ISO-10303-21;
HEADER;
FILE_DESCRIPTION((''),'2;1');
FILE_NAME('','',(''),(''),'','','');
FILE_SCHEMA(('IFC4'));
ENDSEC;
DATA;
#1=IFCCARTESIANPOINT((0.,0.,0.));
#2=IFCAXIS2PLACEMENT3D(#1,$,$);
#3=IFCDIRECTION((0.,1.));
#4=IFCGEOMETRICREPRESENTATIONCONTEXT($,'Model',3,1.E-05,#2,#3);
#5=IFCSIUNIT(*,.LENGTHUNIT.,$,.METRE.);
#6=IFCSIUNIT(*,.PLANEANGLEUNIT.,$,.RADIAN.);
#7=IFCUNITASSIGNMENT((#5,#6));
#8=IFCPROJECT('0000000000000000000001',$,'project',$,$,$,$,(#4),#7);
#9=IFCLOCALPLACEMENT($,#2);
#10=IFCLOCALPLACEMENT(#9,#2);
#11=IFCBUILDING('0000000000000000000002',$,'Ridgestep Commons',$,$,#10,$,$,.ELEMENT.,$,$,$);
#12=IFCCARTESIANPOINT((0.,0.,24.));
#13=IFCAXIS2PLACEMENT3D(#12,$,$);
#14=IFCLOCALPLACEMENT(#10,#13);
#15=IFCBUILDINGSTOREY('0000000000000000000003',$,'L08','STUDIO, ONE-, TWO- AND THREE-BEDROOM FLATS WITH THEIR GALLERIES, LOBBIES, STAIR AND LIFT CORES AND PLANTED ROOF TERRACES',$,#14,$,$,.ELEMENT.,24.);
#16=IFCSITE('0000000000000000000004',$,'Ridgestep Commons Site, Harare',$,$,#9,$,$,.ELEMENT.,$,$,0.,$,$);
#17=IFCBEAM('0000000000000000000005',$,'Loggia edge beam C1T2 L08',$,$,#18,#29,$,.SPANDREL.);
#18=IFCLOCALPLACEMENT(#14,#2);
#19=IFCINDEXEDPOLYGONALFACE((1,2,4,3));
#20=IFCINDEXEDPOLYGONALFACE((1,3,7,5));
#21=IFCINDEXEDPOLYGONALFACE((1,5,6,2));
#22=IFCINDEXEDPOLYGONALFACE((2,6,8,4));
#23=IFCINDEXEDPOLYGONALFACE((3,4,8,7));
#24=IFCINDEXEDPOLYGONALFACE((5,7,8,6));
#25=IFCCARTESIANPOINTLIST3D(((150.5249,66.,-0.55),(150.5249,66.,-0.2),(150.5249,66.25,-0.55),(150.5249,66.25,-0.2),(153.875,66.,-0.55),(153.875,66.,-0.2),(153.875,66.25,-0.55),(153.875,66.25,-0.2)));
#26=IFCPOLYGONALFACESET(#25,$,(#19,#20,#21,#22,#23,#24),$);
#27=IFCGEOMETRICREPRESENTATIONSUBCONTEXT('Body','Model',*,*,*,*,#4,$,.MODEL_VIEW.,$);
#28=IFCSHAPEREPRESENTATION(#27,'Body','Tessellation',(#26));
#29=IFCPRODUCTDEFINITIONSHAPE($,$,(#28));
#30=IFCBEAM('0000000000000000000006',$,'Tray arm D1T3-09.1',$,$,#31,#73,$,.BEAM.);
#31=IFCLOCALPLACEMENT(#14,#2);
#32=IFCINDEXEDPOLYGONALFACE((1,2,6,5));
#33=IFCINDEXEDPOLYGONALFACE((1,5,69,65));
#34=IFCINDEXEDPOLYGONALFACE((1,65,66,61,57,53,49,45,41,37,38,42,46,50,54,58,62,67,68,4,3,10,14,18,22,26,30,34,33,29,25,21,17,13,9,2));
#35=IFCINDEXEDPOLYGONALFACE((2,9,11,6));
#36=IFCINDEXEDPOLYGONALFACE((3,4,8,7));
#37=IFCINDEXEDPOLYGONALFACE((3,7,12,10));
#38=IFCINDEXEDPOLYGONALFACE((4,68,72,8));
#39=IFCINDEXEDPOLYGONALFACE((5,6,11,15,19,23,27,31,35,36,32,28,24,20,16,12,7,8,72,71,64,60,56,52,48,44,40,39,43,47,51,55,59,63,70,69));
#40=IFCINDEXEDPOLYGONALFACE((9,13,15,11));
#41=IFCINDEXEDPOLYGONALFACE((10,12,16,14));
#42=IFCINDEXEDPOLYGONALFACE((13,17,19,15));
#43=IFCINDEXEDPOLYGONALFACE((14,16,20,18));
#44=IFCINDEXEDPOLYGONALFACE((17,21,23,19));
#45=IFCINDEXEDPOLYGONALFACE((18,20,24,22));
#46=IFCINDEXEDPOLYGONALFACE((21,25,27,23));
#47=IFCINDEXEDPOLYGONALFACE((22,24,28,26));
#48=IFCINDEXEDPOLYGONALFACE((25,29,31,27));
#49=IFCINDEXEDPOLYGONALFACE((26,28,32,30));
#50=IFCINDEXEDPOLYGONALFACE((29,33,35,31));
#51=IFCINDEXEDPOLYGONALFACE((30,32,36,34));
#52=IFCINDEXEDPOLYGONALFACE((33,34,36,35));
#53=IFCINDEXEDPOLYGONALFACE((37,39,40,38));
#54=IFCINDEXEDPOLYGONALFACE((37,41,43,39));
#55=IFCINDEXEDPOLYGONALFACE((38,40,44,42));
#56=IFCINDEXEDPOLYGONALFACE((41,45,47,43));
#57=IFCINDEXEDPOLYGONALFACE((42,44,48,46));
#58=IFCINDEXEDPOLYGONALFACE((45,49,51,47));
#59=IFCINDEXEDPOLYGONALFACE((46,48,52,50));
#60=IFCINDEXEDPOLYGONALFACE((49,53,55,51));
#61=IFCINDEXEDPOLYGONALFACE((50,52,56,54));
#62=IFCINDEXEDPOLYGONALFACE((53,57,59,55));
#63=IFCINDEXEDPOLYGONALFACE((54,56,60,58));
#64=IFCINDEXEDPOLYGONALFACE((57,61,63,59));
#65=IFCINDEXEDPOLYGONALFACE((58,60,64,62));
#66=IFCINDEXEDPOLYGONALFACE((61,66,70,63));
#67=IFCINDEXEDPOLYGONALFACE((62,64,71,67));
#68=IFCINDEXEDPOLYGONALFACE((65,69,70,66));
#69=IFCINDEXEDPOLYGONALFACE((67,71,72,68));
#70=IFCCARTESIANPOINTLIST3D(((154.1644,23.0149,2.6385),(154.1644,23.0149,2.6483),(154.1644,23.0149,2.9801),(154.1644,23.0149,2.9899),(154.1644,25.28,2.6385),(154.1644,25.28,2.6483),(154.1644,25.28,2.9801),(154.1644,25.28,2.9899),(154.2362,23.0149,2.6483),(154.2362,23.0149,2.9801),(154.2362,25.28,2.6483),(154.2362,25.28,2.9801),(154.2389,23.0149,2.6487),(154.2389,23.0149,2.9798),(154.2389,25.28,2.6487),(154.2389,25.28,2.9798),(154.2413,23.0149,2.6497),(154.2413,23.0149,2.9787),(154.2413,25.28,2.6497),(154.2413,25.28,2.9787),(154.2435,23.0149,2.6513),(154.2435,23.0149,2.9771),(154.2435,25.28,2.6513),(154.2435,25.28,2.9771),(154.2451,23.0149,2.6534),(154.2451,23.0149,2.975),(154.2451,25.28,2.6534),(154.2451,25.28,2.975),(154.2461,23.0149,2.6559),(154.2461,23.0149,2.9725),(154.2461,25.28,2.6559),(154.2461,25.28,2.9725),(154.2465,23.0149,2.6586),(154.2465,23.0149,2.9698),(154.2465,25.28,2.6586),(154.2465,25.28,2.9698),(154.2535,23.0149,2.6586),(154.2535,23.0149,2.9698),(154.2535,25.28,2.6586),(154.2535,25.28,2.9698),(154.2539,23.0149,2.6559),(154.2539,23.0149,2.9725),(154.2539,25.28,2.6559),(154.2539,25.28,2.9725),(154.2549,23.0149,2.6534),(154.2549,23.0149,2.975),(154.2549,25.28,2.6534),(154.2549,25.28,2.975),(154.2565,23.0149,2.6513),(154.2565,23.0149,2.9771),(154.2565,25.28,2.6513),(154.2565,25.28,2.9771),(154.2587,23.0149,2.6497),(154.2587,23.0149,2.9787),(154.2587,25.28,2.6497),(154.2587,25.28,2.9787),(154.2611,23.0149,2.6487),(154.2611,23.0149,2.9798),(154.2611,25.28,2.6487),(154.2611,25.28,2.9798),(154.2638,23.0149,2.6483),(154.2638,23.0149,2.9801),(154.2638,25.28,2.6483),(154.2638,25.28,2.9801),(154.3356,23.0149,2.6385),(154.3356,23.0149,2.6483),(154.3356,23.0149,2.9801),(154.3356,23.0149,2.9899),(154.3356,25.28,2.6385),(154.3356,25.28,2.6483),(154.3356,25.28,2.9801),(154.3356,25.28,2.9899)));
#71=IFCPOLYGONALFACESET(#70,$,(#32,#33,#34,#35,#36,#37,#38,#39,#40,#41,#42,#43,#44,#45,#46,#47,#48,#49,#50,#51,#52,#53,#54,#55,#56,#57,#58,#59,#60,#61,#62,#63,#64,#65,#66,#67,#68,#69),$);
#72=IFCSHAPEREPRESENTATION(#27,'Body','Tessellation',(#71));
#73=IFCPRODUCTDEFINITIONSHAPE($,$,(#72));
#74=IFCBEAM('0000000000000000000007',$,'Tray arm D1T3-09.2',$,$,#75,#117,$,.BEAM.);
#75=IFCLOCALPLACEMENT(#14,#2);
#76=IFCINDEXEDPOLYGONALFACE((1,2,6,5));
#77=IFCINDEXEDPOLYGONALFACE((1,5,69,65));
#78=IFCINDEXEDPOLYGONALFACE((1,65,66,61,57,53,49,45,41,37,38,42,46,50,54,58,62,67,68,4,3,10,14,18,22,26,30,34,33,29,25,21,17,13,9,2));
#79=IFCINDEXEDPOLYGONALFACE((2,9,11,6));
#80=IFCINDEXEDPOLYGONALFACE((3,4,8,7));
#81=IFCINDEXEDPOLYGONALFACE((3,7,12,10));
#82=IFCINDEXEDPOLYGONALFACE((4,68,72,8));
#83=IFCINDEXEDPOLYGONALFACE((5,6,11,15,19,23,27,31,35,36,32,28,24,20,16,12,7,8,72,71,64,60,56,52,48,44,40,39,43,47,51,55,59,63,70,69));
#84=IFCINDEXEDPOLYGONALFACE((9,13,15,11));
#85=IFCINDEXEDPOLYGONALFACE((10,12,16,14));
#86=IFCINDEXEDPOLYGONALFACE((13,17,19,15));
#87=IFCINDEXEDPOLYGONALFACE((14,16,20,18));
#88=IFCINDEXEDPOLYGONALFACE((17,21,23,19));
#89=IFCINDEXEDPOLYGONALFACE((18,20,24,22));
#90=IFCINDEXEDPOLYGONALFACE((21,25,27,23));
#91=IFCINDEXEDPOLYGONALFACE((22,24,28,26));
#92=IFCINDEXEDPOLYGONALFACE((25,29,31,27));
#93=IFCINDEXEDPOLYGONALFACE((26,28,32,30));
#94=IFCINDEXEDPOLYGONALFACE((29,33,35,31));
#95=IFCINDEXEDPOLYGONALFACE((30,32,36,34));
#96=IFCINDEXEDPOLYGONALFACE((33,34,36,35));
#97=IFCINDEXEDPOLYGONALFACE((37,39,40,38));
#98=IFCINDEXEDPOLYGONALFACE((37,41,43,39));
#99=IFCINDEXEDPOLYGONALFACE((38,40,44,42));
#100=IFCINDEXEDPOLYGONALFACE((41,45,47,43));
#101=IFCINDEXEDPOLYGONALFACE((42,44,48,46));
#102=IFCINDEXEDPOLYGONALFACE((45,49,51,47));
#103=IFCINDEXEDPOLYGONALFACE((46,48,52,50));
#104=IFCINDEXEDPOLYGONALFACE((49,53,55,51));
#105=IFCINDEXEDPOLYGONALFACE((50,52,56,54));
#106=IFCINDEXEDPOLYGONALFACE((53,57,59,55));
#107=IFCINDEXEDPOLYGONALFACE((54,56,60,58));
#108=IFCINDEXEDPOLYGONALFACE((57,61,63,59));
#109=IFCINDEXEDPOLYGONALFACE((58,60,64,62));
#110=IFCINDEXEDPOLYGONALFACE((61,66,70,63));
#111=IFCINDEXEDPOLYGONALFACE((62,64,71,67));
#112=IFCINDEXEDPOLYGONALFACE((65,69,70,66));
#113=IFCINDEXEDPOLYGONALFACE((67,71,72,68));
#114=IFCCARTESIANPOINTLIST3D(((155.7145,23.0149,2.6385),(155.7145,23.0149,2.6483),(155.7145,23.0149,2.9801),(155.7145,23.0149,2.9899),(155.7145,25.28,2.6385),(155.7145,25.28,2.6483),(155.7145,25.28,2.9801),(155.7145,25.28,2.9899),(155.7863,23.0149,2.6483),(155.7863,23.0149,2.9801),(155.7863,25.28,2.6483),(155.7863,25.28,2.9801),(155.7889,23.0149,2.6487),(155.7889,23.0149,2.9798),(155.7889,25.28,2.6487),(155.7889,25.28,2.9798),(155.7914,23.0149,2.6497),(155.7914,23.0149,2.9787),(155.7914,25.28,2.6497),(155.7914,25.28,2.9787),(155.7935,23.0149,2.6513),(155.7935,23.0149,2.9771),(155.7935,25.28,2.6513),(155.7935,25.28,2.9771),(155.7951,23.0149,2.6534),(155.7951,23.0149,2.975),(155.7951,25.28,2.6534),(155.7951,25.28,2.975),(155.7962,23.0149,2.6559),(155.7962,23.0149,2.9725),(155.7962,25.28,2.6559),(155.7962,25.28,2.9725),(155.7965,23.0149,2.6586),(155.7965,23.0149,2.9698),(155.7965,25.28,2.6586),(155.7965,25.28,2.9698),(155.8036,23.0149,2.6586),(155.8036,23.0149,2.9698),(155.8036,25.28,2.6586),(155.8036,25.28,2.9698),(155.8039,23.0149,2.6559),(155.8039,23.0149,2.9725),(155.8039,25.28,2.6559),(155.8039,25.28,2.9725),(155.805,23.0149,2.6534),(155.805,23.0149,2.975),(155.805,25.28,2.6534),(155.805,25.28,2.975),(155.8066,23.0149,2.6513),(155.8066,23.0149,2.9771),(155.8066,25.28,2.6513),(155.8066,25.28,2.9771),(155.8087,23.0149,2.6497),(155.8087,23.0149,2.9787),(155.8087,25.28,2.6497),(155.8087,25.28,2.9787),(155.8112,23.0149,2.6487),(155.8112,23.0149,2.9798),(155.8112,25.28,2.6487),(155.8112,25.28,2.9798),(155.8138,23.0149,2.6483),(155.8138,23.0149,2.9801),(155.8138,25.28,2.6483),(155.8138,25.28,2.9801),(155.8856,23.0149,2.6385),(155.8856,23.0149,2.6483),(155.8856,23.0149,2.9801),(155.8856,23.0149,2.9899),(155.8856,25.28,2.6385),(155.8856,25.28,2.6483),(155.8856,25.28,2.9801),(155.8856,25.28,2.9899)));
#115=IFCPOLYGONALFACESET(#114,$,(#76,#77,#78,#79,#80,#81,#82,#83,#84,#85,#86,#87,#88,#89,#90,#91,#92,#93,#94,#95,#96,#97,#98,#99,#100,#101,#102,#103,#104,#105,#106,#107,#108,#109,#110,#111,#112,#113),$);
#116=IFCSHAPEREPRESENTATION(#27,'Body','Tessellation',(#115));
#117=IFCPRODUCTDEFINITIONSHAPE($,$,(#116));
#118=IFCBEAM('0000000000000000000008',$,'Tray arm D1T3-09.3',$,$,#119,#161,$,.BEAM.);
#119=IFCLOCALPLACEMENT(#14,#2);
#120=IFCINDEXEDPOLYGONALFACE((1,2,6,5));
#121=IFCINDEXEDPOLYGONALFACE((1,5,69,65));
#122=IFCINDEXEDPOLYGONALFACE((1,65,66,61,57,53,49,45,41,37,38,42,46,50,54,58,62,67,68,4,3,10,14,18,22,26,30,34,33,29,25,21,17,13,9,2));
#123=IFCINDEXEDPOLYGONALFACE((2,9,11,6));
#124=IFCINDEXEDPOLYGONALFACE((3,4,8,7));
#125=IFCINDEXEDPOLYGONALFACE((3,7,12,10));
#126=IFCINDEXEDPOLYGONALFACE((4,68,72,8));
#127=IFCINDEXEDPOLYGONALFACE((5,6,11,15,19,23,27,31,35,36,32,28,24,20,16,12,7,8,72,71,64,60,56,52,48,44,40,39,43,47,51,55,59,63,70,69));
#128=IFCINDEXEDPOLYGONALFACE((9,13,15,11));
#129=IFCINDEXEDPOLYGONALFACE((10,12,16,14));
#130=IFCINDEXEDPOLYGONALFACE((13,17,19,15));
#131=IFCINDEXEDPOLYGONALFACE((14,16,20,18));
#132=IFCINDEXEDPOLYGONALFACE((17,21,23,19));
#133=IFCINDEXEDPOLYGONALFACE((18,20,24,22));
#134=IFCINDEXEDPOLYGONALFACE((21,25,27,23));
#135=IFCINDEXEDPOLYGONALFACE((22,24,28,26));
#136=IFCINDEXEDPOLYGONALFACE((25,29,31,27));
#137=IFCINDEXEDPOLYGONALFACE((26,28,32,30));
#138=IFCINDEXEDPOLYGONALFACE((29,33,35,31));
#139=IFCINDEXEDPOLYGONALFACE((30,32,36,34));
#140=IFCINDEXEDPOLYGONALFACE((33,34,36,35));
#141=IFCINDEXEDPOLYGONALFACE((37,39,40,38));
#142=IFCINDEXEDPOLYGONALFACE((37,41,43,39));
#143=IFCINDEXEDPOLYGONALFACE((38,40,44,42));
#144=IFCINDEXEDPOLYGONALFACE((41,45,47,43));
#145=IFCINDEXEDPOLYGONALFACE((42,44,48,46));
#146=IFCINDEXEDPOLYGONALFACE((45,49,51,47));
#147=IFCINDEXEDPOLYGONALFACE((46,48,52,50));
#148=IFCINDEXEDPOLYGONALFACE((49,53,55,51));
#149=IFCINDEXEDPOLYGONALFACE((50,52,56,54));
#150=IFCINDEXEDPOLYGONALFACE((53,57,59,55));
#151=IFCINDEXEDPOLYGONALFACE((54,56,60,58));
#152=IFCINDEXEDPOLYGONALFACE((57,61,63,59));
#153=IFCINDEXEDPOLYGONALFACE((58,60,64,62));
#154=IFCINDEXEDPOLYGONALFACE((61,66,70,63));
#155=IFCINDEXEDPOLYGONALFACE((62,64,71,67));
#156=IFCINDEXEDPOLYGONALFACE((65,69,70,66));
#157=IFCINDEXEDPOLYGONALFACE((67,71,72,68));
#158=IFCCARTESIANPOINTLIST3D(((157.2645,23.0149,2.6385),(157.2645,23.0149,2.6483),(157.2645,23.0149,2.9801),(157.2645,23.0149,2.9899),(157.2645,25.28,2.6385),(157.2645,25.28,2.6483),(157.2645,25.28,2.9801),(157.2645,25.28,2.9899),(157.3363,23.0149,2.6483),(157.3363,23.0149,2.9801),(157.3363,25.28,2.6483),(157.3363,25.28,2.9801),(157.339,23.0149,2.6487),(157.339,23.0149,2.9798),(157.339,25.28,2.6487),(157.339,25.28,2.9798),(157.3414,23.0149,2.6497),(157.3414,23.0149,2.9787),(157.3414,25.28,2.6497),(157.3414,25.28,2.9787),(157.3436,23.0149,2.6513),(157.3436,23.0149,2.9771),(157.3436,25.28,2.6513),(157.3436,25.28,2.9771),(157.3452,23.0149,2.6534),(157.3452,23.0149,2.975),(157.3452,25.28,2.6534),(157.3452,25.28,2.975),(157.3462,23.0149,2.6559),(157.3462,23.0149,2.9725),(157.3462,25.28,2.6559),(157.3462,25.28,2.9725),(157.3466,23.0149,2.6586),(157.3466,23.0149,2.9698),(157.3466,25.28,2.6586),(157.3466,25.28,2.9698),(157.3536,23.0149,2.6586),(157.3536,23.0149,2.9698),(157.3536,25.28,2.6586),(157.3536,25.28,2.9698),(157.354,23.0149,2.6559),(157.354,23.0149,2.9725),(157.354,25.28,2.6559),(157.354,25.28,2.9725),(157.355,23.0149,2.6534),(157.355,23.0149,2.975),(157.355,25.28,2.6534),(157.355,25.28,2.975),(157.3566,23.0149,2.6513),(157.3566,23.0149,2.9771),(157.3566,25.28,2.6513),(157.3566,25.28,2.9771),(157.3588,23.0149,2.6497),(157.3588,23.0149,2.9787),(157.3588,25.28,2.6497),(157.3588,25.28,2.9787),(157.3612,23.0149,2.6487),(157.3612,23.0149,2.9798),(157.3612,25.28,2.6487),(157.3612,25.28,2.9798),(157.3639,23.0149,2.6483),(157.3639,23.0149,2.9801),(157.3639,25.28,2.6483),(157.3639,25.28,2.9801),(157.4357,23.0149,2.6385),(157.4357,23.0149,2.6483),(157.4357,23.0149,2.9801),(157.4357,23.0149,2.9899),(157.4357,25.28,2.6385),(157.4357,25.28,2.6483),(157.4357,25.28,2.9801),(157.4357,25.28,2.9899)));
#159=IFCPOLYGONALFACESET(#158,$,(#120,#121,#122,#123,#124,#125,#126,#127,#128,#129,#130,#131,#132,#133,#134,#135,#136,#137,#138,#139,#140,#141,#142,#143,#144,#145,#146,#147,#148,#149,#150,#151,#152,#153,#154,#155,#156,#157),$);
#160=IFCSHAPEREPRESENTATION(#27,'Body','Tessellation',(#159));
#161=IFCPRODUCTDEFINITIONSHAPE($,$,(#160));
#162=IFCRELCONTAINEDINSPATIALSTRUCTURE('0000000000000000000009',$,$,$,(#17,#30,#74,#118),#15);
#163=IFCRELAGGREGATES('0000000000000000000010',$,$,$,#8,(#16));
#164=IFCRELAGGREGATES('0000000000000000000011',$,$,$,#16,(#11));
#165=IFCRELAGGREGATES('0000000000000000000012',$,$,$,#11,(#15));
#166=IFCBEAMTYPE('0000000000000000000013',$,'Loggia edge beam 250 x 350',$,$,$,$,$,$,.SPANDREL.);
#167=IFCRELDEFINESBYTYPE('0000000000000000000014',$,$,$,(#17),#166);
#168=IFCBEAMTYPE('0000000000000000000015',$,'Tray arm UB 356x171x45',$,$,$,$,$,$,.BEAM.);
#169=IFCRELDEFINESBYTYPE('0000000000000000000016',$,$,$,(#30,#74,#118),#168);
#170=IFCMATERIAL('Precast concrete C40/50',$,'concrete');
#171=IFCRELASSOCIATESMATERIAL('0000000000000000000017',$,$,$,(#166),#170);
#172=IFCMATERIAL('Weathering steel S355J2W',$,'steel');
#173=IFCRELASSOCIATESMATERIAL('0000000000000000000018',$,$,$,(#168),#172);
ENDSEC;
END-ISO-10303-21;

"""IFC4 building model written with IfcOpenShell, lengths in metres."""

from ifc_helpers import new_model, si_unit, direction, frame, origin, origin_2d, place, context, subcontext, project, spatial, rectangle, i_section, extrude, material, material_profile, profile_set, type_object, element, save


model = new_model("IFC4")

# Units and contexts
model_context = context("Model", 3, precision=1e-05, world=origin(), true_north=direction((0.0, 1.0)))
body_context = subcontext(model_context, "Body", "Model", "MODEL_VIEW")
ifc_project = project(units=[si_unit("LENGTHUNIT", "METRE"), si_unit("PLANEANGLEUNIT", "RADIAN")], contexts=[model_context])

# Site, building, storey
site_placement = place(None, origin())
site = spatial("IfcSite", under=ifc_project, at=site_placement, Name="Ridgestep Commons Site, Harare", CompositionType="ELEMENT", RefElevation=0.0)
building_placement = place(site_placement, origin())
building = spatial("IfcBuilding", under=site, at=building_placement, Name="Ridgestep Commons", CompositionType="ELEMENT")
storey_placement = place(building_placement, frame((0.0, 0.0, 24.0)))
storey = spatial("IfcBuildingStorey", under=building, at=storey_placement, Name="L08", Description="STUDIO, ONE-, TWO- AND THREE-BEDROOM FLATS WITH THEIR GALLERIES, LOBBIES, STAIR AND LIFT CORES AND PLANTED ROOF TERRACES", CompositionType="ELEMENT", Elevation=24.0)

# Beams
ifc_material_1 = material(Name="Precast concrete C40/50", Category="concrete")
ifc_material_profile_1 = material_profile(ifc_material_1, rectangle(XDim=0.25, YDim=0.3501, at=origin_2d()), Name="PC 250x350")
ifc_profile_set_1 = profile_set([ifc_material_profile_1], Name="Precast concrete C40/50")
beam_type_1 = type_object("IfcBeamType", Name="Loggia edge beam 250 x 350", PredefinedType="SPANDREL", material=ifc_profile_set_1)
beam_1_placement = place(storey_placement, frame((150.5249, 66.125, -0.375), z_axis=(1.0, 0.0, 0.0), x_axis=(0.0, 1.0, 0.0)))
element("IfcBeam", 1, at=beam_1_placement, inside=storey, type_object=beam_type_1, Name="Loggia edge beam C1T2 L08", PredefinedType="SPANDREL", context=body_context, shape_type="SweptSolid", body=[
    extrude(rectangle(XDim=0.25, YDim=0.3501, at=origin_2d()), origin(), (0.0, 0.0, 1.0), 3.3501),
])
ifc_material_2 = material(Name="Weathering steel S355J2W", Category="steel")
ifc_material_profile_2 = material_profile(ifc_material_2, i_section(OverallWidth=0.1711, OverallDepth=0.3513, WebThickness=0.0071, FlangeThickness=0.0098, FilletRadius=0.0103, at=origin_2d()), Name="UB 356x171x45")
ifc_profile_set_2 = profile_set([ifc_material_profile_2], Name="Weathering steel S355J2W")
beam_type_2 = type_object("IfcBeamType", Name="Tray arm UB 356x171x45", PredefinedType="BEAM", material=ifc_profile_set_2)
for number, where, z_axis, x_axis, name in (
    (2, (154.25, 23.0149, 2.8142), (0.0, 1.0, 0.0), (-1.0, 0.0, 0.0), "Tray arm D1T3-09.1"),
    (3, (155.8, 23.0149, 2.8142), (0.0, 1.0, 0.0), (-1.0, 0.0, 0.0), "Tray arm D1T3-09.2"),
    (4, (157.3501, 23.0149, 2.8142), (0.0, 1.0, 0.0), (-1.0, 0.0, 0.0), "Tray arm D1T3-09.3"),
):
    element("IfcBeam", number, at=place(storey_placement, frame(where, z_axis=z_axis, x_axis=x_axis)), inside=storey, type_object=beam_type_2, Name=name, PredefinedType="BEAM", context=body_context, shape_type="SweptSolid", body=[
        extrude(i_section(OverallWidth=0.1711, OverallDepth=0.3513, WebThickness=0.0071, FlangeThickness=0.0098, FilletRadius=0.0103, at=origin_2d()), origin(), (0.0, 0.0, 1.0), 2.2651),
    ])

save(model, "model.ifc")
